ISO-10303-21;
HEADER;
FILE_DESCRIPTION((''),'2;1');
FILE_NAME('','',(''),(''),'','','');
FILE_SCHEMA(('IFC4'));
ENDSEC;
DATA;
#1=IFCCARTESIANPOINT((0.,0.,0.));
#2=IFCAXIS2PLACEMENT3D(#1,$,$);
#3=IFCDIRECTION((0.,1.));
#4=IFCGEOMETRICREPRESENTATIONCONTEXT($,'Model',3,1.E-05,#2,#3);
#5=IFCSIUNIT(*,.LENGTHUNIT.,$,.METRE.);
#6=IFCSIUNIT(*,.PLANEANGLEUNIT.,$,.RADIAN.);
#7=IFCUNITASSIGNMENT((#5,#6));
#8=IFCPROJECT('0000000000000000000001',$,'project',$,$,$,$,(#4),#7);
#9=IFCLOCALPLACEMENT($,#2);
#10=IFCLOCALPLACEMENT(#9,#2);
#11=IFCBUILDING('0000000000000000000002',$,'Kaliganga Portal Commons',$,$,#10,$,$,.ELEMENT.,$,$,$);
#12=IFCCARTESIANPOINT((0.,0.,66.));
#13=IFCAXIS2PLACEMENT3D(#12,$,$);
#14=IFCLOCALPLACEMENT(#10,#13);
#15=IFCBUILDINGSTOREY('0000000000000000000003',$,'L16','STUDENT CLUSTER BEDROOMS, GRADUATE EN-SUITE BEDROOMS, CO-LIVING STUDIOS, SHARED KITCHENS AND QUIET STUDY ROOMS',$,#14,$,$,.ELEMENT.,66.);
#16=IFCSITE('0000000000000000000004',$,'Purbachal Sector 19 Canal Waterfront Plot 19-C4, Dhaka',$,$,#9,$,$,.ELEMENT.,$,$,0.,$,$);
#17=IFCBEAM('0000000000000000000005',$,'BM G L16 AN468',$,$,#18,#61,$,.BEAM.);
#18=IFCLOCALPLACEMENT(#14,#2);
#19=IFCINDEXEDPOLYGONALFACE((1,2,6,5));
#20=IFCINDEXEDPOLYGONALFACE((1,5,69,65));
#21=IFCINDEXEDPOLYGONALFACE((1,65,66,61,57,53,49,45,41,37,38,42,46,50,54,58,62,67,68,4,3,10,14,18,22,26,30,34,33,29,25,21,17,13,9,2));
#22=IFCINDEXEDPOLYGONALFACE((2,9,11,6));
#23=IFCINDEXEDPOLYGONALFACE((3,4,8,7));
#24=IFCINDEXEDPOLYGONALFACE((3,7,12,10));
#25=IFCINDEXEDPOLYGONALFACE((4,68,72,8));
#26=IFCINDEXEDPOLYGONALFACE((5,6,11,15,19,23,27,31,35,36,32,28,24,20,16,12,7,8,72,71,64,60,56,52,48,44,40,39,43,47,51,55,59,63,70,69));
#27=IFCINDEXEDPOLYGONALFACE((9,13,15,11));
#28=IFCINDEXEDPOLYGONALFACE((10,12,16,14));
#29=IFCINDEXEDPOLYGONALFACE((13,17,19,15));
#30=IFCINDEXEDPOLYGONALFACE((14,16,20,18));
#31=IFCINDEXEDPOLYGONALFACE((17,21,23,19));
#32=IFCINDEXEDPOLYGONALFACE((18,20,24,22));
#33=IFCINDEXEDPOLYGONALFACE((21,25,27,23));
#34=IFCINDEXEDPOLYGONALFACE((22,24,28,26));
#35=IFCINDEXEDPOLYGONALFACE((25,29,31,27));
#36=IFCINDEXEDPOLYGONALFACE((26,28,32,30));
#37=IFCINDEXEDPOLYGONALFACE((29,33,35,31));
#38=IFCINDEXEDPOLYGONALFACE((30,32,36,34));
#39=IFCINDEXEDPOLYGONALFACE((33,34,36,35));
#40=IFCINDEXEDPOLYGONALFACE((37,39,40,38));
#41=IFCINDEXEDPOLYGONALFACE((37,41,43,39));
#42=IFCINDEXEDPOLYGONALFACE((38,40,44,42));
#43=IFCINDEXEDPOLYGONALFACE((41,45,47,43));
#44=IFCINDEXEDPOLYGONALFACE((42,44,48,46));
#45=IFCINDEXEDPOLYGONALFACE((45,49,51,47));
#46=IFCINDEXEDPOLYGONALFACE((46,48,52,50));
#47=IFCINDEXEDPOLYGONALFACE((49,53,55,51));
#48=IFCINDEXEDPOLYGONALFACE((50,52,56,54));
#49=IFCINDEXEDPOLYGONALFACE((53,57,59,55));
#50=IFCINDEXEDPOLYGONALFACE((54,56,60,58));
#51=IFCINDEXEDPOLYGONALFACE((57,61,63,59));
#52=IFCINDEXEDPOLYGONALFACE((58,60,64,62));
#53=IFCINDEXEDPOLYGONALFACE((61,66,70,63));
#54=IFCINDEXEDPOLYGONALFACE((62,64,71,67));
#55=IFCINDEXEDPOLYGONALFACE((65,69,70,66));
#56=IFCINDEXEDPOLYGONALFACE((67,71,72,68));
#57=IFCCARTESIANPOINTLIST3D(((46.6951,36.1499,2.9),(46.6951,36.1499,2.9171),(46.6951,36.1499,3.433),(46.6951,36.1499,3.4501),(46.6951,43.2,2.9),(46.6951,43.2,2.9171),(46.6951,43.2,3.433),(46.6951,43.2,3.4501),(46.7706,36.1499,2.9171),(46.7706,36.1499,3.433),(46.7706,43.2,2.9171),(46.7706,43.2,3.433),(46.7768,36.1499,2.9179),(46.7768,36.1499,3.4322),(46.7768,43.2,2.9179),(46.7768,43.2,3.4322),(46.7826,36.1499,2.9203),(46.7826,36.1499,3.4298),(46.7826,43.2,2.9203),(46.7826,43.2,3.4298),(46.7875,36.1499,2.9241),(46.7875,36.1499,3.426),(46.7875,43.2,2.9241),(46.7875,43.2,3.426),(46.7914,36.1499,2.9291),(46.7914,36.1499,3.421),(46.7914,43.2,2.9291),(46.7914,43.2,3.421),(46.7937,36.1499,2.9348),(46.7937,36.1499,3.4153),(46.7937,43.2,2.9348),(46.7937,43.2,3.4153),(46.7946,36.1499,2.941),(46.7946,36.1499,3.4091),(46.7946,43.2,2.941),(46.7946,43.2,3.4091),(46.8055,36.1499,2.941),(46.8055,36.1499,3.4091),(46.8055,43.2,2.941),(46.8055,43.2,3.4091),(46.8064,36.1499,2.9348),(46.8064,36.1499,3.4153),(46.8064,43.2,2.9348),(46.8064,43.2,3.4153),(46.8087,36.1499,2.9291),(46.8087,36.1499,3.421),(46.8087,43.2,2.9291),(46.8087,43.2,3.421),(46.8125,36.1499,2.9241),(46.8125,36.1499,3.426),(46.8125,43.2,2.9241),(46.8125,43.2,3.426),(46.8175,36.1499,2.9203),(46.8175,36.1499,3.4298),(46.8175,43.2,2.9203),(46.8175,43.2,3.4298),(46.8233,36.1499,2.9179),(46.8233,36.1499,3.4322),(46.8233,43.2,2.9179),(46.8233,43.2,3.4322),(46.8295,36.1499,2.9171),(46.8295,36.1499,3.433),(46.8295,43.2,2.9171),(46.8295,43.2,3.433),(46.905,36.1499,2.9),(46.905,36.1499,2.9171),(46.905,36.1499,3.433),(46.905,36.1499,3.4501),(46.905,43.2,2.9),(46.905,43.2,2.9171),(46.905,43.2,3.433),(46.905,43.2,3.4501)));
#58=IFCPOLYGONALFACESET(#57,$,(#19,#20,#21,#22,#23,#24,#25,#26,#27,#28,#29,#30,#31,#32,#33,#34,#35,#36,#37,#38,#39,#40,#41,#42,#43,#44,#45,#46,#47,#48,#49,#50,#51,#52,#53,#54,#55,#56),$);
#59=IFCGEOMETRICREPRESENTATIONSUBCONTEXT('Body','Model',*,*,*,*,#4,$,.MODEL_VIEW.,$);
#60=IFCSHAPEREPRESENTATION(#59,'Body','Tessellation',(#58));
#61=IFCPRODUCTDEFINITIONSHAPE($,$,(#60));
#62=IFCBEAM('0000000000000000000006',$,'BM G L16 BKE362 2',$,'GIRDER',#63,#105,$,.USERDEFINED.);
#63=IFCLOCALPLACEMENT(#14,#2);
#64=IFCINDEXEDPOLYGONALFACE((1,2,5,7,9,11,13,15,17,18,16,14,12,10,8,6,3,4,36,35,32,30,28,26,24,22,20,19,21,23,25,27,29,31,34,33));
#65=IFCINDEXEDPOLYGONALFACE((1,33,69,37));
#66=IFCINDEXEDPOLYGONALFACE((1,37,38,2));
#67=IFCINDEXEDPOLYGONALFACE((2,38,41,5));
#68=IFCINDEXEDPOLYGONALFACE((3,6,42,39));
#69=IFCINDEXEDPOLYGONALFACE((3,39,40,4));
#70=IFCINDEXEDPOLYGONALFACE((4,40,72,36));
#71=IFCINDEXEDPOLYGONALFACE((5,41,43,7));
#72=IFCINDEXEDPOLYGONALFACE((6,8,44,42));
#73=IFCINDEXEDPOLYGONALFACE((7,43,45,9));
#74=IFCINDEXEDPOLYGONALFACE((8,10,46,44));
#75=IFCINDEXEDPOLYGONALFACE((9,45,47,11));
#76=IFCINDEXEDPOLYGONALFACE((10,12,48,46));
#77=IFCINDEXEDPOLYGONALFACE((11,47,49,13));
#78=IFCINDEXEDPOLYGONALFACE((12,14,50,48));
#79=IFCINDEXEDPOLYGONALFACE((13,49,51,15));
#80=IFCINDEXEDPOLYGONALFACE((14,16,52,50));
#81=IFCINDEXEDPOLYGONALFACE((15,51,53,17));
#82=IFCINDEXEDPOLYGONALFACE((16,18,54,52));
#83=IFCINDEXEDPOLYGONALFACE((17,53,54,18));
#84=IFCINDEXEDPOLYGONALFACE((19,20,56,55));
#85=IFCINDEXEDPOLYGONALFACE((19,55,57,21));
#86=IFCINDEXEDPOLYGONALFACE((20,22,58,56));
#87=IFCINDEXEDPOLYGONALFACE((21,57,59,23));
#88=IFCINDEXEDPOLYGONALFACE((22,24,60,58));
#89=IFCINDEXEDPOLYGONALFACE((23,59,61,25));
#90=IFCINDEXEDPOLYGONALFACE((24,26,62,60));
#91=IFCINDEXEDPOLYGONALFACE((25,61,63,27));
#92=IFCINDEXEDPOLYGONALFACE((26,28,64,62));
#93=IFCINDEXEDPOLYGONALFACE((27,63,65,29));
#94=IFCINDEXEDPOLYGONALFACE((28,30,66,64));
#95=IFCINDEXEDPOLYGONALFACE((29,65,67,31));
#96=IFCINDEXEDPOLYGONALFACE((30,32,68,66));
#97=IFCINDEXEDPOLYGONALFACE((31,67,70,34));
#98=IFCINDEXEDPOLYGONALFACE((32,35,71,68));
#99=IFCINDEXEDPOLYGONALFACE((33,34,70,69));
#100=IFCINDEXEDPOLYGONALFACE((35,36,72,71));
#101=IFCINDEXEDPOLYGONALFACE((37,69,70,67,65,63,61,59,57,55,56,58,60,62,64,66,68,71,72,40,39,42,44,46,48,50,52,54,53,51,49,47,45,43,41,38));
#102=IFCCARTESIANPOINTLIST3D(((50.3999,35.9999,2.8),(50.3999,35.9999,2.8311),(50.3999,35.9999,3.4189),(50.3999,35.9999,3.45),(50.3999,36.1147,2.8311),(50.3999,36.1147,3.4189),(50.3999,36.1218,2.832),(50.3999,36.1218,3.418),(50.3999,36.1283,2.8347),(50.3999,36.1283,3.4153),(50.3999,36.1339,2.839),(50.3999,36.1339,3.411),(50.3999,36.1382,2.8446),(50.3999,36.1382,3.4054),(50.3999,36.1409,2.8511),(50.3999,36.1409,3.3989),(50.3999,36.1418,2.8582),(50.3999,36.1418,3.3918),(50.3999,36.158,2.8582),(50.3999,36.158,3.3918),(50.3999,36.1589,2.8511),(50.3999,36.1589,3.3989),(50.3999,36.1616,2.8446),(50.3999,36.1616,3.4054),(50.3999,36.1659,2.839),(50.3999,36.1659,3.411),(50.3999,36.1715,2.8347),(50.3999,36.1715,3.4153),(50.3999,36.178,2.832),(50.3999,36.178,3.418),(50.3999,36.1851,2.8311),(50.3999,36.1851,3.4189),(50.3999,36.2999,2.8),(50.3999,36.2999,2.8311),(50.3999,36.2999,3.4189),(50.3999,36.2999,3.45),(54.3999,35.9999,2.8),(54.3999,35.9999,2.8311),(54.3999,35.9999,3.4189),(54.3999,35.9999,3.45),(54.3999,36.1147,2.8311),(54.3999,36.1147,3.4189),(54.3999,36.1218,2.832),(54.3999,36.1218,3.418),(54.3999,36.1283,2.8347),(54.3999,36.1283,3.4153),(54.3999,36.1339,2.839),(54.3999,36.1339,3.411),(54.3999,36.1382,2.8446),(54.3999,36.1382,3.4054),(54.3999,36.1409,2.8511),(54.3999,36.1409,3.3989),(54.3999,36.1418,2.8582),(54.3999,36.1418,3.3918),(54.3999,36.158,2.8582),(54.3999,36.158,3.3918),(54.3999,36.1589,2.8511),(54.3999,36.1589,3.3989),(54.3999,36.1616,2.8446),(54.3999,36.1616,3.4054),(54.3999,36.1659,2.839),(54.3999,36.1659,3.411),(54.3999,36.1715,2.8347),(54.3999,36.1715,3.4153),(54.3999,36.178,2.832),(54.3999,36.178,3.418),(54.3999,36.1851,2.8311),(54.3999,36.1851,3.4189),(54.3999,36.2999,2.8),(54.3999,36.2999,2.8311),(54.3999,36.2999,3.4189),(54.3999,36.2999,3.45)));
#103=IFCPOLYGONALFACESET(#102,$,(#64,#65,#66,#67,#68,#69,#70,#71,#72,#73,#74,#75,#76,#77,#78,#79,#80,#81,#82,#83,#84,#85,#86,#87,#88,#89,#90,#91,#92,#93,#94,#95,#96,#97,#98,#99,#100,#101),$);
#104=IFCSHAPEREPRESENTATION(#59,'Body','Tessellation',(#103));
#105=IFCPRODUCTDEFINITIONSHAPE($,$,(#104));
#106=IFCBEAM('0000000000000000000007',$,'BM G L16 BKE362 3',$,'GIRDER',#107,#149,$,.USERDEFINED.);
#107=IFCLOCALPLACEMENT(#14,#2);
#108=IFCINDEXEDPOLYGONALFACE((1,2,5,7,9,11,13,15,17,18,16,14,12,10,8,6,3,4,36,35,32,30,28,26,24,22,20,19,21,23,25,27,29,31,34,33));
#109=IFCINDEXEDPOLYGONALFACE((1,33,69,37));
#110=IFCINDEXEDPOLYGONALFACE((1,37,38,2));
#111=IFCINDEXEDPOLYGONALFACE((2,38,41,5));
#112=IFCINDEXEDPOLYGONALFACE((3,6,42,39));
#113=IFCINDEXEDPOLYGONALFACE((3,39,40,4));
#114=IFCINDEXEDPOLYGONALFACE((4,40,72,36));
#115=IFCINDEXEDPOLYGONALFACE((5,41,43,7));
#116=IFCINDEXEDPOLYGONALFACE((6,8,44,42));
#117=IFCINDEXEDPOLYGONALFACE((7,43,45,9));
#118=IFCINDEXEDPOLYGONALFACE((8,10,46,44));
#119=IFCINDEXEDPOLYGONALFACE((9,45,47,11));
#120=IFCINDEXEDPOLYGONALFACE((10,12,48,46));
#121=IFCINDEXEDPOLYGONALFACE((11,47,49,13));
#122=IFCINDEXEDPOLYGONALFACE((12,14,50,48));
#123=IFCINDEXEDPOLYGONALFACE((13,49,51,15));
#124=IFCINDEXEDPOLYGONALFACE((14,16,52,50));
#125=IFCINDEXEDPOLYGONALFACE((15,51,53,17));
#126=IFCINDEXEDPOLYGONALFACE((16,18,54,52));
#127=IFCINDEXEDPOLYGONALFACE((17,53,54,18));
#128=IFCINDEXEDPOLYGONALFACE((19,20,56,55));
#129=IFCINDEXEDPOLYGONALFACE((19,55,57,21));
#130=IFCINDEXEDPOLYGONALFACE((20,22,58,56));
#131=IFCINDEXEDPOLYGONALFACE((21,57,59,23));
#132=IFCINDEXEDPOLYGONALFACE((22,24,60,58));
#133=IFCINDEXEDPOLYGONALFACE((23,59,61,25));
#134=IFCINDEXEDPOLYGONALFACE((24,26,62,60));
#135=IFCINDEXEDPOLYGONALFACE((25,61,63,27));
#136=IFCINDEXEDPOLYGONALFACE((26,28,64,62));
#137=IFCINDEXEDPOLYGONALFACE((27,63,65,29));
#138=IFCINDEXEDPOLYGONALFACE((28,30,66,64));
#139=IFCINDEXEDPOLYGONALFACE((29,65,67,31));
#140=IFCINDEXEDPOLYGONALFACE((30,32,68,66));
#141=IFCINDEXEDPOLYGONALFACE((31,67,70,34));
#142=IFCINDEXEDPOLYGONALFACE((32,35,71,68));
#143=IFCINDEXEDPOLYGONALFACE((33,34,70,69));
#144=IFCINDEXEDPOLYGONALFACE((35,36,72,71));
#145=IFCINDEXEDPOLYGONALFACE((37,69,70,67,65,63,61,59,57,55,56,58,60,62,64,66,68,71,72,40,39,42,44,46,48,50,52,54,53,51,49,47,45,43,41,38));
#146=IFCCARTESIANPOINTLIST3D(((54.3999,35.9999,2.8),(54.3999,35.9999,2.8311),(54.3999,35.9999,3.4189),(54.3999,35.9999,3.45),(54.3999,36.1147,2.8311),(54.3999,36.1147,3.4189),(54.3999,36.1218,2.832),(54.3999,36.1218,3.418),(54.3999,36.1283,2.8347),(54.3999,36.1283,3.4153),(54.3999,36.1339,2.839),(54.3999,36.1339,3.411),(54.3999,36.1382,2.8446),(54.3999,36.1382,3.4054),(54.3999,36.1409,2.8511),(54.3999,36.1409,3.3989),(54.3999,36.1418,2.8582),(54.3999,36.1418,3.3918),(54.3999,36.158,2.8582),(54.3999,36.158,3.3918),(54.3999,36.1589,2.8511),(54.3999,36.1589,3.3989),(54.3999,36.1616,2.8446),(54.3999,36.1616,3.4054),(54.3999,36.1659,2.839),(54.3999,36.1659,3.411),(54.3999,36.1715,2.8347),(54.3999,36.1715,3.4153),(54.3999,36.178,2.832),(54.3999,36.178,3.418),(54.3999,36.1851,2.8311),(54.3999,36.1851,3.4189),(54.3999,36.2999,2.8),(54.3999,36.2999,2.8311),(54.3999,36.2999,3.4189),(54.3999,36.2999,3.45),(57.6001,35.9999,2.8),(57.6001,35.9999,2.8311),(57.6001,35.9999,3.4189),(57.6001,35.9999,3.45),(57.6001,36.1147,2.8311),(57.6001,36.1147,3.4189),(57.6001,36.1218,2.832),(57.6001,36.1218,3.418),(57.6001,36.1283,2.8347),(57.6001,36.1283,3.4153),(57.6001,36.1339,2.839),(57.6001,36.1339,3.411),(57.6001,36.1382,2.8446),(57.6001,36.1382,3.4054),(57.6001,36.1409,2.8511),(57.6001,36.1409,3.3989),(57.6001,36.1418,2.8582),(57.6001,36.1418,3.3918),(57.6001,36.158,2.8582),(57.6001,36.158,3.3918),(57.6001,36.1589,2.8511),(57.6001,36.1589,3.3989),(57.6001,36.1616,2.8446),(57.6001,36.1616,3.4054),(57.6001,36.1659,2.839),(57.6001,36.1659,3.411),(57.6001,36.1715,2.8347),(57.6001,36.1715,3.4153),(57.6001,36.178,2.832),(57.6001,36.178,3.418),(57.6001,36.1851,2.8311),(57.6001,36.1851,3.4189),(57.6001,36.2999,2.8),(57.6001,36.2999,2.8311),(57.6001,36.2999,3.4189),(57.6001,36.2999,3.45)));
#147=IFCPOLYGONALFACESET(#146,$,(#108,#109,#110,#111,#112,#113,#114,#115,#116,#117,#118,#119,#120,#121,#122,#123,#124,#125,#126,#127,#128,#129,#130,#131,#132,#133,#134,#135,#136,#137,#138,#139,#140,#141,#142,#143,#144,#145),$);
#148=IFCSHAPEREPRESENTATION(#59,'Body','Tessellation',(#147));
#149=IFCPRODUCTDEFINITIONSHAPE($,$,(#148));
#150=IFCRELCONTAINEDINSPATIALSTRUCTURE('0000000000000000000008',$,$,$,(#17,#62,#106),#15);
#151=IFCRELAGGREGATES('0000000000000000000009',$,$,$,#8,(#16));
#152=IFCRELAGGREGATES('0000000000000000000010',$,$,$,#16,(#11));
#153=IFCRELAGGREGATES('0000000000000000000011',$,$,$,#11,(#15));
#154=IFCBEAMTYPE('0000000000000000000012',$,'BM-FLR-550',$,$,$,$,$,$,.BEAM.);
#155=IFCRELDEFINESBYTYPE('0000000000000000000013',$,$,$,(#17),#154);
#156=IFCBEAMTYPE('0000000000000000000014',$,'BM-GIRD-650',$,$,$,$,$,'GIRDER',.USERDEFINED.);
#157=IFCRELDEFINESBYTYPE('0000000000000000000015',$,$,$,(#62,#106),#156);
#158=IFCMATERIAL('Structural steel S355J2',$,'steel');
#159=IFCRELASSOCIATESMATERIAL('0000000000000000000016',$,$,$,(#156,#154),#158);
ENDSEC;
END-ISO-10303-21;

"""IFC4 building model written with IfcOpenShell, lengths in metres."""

from ifc_helpers import new_model, si_unit, direction, frame, origin, origin_2d, place, context, subcontext, project, spatial, i_section, extrude, source, transform, mapped, material, material_profile, profile_set, type_object, element, save


model = new_model("IFC4")

# Units and contexts
model_context = context("Model", 3, precision=1e-05, world=origin(), true_north=direction((0.0, 1.0)))
body_context = subcontext(model_context, "Body", "Model", "MODEL_VIEW")
ifc_project = project(units=[si_unit("LENGTHUNIT", "METRE"), si_unit("PLANEANGLEUNIT", "RADIAN")], contexts=[model_context])

# Site, building, storey
site_placement = place(None, origin())
site = spatial("IfcSite", under=ifc_project, at=site_placement, Name="Purbachal Sector 19 Canal Waterfront Plot 19-C4, Dhaka", CompositionType="ELEMENT", RefElevation=0.0)
building_placement = place(site_placement, origin())
building = spatial("IfcBuilding", under=site, at=building_placement, Name="Kaliganga Portal Commons", CompositionType="ELEMENT")
storey_placement = place(building_placement, frame((0.0, 0.0, 66.0)))
storey = spatial("IfcBuildingStorey", under=building, at=storey_placement, Name="L16", Description="STUDENT CLUSTER BEDROOMS, GRADUATE EN-SUITE BEDROOMS, CO-LIVING STUDIOS, SHARED KITCHENS AND QUIET STUDY ROOMS", CompositionType="ELEMENT", Elevation=66.0)

# Beams
ifc_material_1 = material(Name="Structural steel S355J2", Category="steel")
ifc_material_profile_1 = material_profile(ifc_material_1, i_section(OverallWidth=0.3, OverallDepth=0.6499, WebThickness=0.0161, FlangeThickness=0.031, FilletRadius=0.0271, at=origin_2d()), Name="HE 650 B")
ifc_profile_set_1 = profile_set([ifc_material_profile_1], Name="Structural steel S355J2 wide-flange")
beam_type_1 = type_object("IfcBeamType", Name="BM-GIRD-650", ElementType="GIRDER", PredefinedType="USERDEFINED", material=ifc_profile_set_1)
ifc_material_profile_2 = material_profile(ifc_material_1, i_section(OverallWidth=0.21, OverallDepth=0.55, WebThickness=0.011, FlangeThickness=0.0171, FilletRadius=0.0239, at=origin_2d()), Name="IPE 550")
ifc_profile_set_2 = profile_set([ifc_material_profile_2], Name="Structural steel S355J2 wide-flange")
beam_type_2 = type_object("IfcBeamType", Name="BM-FLR-550", PredefinedType="BEAM", material=ifc_profile_set_2)
shared_shape_1 = source(origin(), body_context, "Body", "SweptSolid", [
    extrude(i_section(OverallWidth=0.21, OverallDepth=0.55, WebThickness=0.011, FlangeThickness=0.0171, FilletRadius=0.0239, at=origin_2d()), origin(), (0.0, 0.0, 1.0), 7.05),
])
beam_1_placement = place(storey_placement, frame((46.8, 36.1499, 3.175), z_axis=(0.0, 1.0, 0.0), x_axis=(-1.0, 0.0, 0.0)))
element("IfcBeam", 1, at=beam_1_placement, inside=storey, type_object=beam_type_2, Name="BM G L16 AN468", PredefinedType="BEAM", context=body_context, shape_type="MappedRepresentation", body=[
    mapped(shared_shape_1, transform((0.0, 0.0, 0.0), x_axis=(1.0, 0.0, 0.0), y_axis=(0.0, 1.0, 0.0), z_axis=(0.0, 0.0, 1.0), scale=1.0)),
])
shared_shape_2 = source(origin(), body_context, "Body", "SweptSolid", [
    extrude(i_section(OverallWidth=0.3, OverallDepth=0.6499, WebThickness=0.0161, FlangeThickness=0.031, FilletRadius=0.0271, at=origin_2d()), origin(), (0.0, 0.0, 1.0), 4.0),
])
beam_2_placement = place(storey_placement, frame((50.3999, 36.1499, 3.125), z_axis=(1.0, 0.0, 0.0), x_axis=(0.0, 1.0, 0.0)))
element("IfcBeam", 2, at=beam_2_placement, inside=storey, type_object=beam_type_1, Name="BM G L16 BKE362 2", ObjectType="GIRDER", PredefinedType="USERDEFINED", context=body_context, shape_type="MappedRepresentation", body=[
    mapped(shared_shape_2, transform((0.0, 0.0, 0.0), x_axis=(1.0, 0.0, 0.0), y_axis=(0.0, 1.0, 0.0), z_axis=(0.0, 0.0, 1.0), scale=1.0)),
])
shared_shape_3 = source(origin(), body_context, "Body", "SweptSolid", [
    extrude(i_section(OverallWidth=0.3, OverallDepth=0.6499, WebThickness=0.0161, FlangeThickness=0.031, FilletRadius=0.0271, at=origin_2d()), origin(), (0.0, 0.0, 1.0), 3.2002),
])
beam_3_placement = place(storey_placement, frame((54.3999, 36.1499, 3.125), z_axis=(1.0, 0.0, 0.0), x_axis=(0.0, 1.0, 0.0)))
element("IfcBeam", 3, at=beam_3_placement, inside=storey, type_object=beam_type_1, Name="BM G L16 BKE362 3", ObjectType="GIRDER", PredefinedType="USERDEFINED", context=body_context, shape_type="MappedRepresentation", body=[
    mapped(shared_shape_3, transform((0.0, 0.0, 0.0), x_axis=(1.0, 0.0, 0.0), y_axis=(0.0, 1.0, 0.0), z_axis=(0.0, 0.0, 1.0), scale=1.0)),
])

save(model, "model.ifc")
